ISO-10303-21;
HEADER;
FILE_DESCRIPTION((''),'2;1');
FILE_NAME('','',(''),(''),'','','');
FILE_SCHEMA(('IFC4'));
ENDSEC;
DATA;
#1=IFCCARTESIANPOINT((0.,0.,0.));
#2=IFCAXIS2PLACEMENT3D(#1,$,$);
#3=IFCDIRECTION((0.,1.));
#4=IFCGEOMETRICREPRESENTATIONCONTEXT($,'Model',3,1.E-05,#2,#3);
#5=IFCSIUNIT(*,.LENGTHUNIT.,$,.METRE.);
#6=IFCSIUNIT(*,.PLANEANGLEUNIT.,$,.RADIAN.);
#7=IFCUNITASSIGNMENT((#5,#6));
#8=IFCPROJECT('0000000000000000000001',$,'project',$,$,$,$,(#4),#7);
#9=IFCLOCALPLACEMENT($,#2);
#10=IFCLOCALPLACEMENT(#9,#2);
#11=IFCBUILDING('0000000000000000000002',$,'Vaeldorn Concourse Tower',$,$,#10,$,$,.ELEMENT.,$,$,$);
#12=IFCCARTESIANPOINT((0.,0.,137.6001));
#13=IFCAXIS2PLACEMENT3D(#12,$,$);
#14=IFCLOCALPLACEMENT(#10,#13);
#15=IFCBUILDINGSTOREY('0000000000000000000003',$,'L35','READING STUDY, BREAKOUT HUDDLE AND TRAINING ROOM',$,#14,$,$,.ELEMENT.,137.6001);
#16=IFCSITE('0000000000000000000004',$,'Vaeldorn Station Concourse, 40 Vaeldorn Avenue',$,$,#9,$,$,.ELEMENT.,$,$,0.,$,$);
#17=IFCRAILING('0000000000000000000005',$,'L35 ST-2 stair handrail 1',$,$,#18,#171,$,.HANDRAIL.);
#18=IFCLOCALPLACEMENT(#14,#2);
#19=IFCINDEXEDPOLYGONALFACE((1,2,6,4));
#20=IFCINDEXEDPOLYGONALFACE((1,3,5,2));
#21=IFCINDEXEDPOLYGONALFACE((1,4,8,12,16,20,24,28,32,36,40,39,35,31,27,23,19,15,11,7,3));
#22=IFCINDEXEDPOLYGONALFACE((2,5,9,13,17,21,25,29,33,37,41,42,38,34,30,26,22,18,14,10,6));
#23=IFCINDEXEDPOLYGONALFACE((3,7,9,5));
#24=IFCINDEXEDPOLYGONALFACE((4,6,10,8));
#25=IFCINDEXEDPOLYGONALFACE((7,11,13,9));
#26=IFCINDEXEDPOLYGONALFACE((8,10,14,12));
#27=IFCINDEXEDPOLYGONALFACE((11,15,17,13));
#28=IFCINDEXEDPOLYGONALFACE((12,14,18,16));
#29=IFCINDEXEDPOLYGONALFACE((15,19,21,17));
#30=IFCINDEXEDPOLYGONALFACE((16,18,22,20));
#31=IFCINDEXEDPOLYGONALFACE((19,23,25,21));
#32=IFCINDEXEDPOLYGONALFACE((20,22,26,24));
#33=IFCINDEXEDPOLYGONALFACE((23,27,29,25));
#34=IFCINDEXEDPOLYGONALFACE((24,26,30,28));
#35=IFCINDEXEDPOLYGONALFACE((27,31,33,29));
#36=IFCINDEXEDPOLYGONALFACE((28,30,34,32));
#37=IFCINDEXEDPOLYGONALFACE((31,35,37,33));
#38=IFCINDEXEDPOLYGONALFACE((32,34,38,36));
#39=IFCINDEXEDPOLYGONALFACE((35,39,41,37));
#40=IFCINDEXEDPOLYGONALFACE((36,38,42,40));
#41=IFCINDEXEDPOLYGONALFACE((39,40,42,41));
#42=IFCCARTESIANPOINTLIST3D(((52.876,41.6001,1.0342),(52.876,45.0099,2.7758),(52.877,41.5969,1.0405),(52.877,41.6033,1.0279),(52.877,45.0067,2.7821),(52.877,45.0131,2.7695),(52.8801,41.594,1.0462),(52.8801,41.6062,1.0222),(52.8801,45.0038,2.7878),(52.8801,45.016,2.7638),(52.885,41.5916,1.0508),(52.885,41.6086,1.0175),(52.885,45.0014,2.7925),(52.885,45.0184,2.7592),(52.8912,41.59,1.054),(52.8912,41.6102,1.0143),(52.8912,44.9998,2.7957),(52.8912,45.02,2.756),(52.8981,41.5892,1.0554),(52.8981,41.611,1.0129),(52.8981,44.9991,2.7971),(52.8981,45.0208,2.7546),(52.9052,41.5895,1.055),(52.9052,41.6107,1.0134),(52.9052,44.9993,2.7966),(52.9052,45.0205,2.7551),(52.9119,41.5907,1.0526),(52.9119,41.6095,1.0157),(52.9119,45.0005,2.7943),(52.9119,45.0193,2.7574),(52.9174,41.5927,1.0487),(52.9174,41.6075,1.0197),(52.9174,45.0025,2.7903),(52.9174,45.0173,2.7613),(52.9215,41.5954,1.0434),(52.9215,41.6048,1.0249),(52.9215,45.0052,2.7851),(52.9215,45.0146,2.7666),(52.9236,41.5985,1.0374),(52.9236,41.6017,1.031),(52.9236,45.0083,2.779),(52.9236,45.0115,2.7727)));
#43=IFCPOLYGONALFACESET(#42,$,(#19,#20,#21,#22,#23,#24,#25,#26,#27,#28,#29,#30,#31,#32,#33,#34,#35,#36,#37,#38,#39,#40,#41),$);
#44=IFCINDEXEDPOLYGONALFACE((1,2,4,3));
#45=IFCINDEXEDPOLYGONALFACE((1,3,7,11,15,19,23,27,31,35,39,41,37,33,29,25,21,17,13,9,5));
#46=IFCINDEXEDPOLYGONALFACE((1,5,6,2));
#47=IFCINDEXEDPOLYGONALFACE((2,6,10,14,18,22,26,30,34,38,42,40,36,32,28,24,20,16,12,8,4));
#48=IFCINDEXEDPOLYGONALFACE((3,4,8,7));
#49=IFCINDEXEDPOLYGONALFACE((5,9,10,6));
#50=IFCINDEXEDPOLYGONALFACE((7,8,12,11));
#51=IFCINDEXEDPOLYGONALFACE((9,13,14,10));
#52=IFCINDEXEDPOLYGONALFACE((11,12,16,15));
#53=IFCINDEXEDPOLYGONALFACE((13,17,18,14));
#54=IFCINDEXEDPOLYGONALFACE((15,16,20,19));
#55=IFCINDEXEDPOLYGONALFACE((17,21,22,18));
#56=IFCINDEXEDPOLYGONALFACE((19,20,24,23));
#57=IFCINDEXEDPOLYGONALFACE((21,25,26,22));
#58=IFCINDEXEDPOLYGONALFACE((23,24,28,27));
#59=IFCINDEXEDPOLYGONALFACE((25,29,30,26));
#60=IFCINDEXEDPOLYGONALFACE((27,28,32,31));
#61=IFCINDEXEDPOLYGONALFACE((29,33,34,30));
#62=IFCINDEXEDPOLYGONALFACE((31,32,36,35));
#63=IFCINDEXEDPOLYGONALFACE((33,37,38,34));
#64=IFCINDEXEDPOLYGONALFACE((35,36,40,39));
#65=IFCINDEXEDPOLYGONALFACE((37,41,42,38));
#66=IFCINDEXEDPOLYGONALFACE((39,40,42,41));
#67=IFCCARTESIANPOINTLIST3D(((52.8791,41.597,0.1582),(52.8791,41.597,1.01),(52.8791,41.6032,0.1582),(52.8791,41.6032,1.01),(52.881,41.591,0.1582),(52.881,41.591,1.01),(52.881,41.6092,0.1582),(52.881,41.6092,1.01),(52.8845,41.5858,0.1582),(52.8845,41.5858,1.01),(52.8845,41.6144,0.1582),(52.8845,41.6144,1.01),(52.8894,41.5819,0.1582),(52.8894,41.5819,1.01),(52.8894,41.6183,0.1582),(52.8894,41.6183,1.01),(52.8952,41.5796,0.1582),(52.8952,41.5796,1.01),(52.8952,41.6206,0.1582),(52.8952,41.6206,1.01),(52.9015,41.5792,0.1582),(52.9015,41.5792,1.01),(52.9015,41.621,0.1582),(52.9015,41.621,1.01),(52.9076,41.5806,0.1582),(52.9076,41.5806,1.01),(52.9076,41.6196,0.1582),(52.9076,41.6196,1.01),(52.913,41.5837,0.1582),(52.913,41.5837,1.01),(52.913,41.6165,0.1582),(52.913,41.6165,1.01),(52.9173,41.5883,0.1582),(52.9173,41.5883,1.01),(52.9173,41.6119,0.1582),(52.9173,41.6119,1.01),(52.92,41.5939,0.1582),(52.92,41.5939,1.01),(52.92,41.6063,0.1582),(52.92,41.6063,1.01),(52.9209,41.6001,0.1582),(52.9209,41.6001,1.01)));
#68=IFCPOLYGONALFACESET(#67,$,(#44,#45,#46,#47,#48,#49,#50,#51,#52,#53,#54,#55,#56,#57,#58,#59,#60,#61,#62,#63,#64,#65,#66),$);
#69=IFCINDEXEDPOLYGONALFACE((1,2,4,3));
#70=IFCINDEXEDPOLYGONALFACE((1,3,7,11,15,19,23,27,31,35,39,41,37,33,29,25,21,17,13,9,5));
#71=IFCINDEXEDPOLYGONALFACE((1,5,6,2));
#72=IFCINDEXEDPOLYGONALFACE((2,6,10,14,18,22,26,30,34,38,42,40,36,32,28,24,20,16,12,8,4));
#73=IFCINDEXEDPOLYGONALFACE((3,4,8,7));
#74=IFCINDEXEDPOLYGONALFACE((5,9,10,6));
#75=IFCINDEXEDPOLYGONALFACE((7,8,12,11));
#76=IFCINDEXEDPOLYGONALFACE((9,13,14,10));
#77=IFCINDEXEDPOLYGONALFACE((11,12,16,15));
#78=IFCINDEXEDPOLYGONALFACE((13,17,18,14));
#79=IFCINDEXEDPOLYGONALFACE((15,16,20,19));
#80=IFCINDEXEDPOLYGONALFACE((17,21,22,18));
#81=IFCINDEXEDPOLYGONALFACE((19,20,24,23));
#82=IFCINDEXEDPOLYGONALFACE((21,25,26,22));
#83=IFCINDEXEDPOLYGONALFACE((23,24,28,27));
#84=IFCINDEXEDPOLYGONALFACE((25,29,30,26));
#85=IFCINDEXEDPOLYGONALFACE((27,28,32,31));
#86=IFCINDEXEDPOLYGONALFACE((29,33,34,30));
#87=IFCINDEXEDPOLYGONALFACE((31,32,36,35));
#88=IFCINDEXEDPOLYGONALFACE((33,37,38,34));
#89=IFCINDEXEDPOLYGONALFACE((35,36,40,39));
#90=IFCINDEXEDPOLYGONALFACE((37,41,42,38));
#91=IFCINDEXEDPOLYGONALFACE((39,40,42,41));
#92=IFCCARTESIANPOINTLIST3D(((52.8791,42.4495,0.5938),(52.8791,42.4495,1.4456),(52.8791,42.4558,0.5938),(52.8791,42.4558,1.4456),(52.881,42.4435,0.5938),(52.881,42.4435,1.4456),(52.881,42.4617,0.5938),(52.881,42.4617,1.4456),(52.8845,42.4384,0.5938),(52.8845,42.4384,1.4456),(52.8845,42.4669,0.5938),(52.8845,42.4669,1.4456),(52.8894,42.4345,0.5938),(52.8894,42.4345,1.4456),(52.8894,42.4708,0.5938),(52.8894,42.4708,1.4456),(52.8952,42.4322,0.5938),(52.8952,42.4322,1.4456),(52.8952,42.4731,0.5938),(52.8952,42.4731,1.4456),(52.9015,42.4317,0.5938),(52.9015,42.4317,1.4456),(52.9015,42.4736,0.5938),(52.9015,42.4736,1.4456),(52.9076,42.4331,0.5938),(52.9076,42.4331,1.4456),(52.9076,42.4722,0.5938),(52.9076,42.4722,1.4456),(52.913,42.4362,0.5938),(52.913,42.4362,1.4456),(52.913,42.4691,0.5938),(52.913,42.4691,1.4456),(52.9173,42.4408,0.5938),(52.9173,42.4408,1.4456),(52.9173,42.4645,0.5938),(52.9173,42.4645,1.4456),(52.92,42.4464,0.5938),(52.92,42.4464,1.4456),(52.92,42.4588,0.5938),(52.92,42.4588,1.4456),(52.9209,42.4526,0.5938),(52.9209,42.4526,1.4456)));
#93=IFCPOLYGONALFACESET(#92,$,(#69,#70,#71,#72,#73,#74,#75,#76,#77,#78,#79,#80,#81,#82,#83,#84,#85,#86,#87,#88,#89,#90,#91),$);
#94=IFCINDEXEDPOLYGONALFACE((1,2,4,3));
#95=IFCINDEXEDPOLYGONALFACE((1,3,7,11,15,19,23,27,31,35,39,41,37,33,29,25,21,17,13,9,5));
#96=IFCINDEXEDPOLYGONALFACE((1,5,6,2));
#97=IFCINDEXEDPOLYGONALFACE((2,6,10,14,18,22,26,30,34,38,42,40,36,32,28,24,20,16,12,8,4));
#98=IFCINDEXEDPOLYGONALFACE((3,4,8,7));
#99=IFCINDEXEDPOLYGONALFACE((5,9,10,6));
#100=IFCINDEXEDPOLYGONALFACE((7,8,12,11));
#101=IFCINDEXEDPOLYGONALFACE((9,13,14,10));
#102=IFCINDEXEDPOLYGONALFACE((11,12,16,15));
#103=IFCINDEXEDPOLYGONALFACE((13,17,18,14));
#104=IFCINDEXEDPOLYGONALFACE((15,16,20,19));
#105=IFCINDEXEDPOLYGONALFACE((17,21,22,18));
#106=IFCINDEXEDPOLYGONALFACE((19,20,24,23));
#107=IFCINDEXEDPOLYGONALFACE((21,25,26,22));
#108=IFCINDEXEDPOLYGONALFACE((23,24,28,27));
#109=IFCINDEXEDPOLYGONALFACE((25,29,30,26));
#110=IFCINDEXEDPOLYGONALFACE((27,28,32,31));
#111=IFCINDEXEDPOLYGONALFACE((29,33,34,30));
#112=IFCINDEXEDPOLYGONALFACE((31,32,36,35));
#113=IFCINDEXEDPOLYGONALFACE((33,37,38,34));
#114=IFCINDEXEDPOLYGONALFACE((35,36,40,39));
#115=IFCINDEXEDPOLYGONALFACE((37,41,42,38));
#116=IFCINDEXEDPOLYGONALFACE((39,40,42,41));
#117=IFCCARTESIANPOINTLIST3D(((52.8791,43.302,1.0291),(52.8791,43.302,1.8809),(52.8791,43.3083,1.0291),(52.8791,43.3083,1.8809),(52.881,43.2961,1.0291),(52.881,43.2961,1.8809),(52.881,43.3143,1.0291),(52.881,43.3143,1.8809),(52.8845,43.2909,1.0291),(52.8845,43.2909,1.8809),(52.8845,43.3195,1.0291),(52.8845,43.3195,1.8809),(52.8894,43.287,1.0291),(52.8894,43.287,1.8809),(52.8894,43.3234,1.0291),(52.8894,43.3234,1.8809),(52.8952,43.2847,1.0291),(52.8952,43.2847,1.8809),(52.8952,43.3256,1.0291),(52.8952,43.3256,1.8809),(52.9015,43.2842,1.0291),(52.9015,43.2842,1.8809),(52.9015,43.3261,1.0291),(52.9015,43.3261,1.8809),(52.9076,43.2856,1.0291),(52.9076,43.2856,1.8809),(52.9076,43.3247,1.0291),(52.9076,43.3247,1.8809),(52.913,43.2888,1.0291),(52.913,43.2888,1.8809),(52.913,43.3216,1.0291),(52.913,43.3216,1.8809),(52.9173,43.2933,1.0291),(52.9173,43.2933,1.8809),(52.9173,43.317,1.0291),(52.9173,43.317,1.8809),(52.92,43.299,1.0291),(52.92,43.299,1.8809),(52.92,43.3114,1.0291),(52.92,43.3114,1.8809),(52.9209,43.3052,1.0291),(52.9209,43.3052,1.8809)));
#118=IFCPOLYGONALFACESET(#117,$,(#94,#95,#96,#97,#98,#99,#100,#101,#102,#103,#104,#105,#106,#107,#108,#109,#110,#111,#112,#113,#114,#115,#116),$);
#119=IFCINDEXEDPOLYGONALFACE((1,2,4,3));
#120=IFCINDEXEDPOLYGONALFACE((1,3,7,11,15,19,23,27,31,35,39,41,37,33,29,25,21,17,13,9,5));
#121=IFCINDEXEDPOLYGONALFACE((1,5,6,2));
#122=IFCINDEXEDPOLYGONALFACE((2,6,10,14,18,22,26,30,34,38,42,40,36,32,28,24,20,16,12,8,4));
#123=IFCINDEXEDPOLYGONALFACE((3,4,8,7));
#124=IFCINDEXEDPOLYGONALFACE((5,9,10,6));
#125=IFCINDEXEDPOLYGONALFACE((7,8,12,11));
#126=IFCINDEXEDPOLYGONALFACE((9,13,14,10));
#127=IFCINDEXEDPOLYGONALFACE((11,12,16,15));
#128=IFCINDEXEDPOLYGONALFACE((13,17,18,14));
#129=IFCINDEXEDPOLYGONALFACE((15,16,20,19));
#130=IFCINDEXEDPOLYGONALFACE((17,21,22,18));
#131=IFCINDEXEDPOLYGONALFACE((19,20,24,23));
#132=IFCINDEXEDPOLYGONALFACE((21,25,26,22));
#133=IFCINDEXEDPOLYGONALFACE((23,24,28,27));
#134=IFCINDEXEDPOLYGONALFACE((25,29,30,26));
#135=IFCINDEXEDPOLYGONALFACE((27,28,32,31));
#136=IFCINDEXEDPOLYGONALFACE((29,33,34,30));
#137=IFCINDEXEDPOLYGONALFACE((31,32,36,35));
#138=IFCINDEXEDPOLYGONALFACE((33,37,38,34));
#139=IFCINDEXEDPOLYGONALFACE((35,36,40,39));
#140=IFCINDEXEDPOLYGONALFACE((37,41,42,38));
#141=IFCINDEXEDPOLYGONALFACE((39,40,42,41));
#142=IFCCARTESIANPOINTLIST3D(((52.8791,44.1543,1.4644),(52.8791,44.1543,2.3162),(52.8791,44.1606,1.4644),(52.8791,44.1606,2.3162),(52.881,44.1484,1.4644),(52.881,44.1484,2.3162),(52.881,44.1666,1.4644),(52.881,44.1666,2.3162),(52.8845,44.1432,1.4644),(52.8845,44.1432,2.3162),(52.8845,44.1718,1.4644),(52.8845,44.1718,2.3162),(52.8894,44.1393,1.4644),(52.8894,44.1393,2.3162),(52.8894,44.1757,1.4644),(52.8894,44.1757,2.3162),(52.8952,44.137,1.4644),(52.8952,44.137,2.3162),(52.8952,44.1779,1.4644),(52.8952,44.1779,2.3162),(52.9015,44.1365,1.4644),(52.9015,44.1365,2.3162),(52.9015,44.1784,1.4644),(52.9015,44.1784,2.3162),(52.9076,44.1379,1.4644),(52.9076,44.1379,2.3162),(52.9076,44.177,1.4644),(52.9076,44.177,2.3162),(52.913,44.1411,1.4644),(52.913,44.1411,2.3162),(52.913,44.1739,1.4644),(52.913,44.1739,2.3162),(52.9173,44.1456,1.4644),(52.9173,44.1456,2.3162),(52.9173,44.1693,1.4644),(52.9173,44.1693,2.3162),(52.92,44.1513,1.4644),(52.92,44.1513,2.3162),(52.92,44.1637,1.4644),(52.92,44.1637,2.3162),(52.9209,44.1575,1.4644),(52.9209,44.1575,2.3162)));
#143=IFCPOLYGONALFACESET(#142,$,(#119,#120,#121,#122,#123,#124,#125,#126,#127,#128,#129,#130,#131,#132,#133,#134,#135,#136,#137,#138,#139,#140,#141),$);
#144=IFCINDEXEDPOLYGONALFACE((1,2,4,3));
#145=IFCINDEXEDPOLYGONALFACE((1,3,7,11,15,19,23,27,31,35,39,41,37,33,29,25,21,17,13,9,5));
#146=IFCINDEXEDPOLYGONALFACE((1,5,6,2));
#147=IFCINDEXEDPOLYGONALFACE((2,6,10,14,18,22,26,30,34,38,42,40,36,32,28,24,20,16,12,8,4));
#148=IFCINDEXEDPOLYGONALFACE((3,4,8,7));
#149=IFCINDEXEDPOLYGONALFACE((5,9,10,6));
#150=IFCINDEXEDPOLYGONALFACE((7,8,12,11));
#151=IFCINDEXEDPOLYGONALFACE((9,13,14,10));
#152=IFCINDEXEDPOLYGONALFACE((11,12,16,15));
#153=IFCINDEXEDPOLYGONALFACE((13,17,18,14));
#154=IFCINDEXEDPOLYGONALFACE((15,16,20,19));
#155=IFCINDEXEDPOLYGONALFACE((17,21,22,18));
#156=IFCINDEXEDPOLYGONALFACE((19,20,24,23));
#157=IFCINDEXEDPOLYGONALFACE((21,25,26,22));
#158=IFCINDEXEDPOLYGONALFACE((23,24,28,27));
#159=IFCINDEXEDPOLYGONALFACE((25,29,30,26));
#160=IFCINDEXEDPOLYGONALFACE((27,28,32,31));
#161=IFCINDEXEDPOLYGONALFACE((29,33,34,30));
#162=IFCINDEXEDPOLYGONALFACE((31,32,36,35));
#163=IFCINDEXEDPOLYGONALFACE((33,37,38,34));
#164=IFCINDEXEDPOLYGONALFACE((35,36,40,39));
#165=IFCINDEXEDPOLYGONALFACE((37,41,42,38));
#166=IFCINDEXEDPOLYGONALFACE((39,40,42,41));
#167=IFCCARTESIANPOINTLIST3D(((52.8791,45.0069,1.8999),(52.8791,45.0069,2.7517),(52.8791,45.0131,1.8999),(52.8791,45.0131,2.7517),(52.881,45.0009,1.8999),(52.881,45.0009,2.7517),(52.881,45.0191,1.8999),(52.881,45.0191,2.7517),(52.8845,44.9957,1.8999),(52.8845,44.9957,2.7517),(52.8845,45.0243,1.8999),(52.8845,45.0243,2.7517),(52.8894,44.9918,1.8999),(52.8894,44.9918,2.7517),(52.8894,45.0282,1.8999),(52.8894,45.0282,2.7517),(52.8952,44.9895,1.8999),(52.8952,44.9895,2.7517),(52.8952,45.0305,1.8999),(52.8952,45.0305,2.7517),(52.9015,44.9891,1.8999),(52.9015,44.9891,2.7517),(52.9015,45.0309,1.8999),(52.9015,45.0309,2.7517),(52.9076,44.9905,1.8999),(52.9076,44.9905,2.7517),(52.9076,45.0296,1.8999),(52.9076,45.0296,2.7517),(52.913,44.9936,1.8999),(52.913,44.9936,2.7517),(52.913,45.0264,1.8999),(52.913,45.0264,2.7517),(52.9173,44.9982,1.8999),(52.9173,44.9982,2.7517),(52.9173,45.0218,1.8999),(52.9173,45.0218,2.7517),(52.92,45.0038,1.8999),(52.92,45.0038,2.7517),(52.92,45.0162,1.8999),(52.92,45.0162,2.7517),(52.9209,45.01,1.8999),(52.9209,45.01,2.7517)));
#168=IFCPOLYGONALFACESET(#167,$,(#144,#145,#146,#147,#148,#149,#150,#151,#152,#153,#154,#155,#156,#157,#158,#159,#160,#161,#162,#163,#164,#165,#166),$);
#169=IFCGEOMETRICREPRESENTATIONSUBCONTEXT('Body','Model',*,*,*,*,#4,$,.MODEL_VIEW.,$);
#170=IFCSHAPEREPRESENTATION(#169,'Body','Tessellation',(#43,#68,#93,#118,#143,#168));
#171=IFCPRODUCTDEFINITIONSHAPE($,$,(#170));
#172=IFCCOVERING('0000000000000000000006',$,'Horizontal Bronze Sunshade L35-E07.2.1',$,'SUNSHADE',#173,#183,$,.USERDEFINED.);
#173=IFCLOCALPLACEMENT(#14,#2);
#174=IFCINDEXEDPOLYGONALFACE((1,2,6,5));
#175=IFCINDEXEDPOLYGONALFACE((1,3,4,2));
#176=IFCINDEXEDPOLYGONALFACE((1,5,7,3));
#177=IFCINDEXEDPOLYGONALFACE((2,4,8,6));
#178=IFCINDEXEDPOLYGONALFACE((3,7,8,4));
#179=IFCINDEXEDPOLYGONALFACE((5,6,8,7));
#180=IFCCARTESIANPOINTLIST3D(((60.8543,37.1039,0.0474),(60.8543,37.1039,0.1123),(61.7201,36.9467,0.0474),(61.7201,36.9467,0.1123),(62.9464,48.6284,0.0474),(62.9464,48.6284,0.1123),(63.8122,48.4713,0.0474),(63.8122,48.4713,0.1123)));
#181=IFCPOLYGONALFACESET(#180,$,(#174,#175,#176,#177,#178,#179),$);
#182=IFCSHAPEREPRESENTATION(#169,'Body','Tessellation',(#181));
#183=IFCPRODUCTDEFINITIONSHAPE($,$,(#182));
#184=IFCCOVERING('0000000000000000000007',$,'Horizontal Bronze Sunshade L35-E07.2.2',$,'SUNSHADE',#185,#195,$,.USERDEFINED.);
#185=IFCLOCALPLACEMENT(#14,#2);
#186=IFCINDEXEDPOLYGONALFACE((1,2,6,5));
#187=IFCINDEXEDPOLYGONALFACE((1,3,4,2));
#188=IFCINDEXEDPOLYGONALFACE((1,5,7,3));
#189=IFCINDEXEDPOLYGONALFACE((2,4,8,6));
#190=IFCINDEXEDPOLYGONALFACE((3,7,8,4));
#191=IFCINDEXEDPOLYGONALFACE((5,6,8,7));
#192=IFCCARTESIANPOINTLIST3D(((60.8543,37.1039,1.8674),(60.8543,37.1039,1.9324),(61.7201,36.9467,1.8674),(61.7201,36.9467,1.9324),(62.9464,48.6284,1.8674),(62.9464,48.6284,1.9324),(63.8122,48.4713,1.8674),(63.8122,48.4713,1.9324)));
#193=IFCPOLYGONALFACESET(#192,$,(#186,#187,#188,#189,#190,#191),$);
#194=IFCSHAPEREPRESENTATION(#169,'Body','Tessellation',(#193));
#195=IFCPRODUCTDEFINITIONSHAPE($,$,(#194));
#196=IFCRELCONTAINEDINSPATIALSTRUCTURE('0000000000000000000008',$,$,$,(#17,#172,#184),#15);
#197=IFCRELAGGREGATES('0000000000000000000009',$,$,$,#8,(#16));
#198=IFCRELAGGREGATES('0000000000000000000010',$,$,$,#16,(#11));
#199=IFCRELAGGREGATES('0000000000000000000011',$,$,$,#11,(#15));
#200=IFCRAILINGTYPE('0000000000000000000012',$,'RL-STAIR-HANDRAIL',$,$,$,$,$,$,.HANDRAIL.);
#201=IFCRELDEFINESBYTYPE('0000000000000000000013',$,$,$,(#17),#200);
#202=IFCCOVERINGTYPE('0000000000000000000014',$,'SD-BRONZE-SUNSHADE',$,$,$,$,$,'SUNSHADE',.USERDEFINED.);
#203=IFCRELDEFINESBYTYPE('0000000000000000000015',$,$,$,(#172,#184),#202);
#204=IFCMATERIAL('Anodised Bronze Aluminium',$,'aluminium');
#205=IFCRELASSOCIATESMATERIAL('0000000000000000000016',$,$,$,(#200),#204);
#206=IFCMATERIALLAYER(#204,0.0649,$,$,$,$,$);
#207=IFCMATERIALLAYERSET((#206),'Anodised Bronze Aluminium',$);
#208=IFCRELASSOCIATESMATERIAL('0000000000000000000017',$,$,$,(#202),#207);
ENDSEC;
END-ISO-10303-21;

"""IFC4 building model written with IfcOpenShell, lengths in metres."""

from ifc_helpers import new_model, si_unit, direction, frame, origin, origin_2d, place, context, subcontext, project, spatial, rectangle, circle, extrude, source, transform, mapped, material, layer, layer_set, type_object, element, save


model = new_model("IFC4")

# Units and contexts
model_context = context("Model", 3, precision=1e-05, world=origin(), true_north=direction((0.0, 1.0)))
body_context = subcontext(model_context, "Body", "Model", "MODEL_VIEW")
ifc_project = project(units=[si_unit("LENGTHUNIT", "METRE"), si_unit("PLANEANGLEUNIT", "RADIAN")], contexts=[model_context])

# Site, building, storey
site_placement = place(None, origin())
site = spatial("IfcSite", under=ifc_project, at=site_placement, Name="Vaeldorn Station Concourse, 40 Vaeldorn Avenue", CompositionType="ELEMENT", RefElevation=0.0)
building_placement = place(site_placement, origin())
building = spatial("IfcBuilding", under=site, at=building_placement, Name="Vaeldorn Concourse Tower", CompositionType="ELEMENT")
storey_placement = place(building_placement, frame((0.0, 0.0, 137.6001)))
storey = spatial("IfcBuildingStorey", under=building, at=storey_placement, Name="L35", Description="READING STUDY, BREAKOUT HUDDLE AND TRAINING ROOM", CompositionType="ELEMENT", Elevation=137.6001)

# Shared definitions
ifc_material_1 = material(Name="Anodised Bronze Aluminium", Category="aluminium")

# Railing
railing_type_1 = type_object("IfcRailingType", Name="RL-STAIR-HANDRAIL", PredefinedType="HANDRAIL", material=ifc_material_1)
railing_1_placement = place(storey_placement, frame((52.8999, 41.6001, 0.1582)))
element("IfcRailing", 1, at=railing_1_placement, inside=storey, type_object=railing_type_1, Name="L35 ST-2 stair handrail 1", PredefinedType="HANDRAIL", context=body_context, shape_type="SweptSolid", body=[
    extrude(circle(Radius=0.0239, at=origin_2d()), frame((0.0, 0.0, 0.876), z_axis=(0.0, 0.890556, 0.454874), x_axis=(-1.0, 0.0, 0.0)), (0.0, 0.0, 1.0), 3.8289),
    extrude(circle(Radius=0.021, at=origin_2d()), origin(), (0.0, 0.0, 1.0), 0.8518),
    extrude(circle(Radius=0.021, at=origin_2d()), frame((0.0, 0.8525, 0.4355)), (0.0, 0.0, 1.0), 0.8518),
    extrude(circle(Radius=0.021, at=origin_2d()), frame((0.0, 1.7051, 0.8708)), (0.0, 0.0, 1.0), 0.8518),
    extrude(circle(Radius=0.021, at=origin_2d()), frame((0.0, 2.5574, 1.3062)), (0.0, 0.0, 1.0), 0.8518),
    extrude(circle(Radius=0.021, at=origin_2d()), frame((0.0, 3.4099, 1.7417)), (0.0, 0.0, 1.0), 0.8518),
])

# Coverings
ifc_layer_1 = layer(ifc_material_1, 0.0649)
ifc_layer_set_1 = layer_set([ifc_layer_1], Name="Anodised Bronze Aluminium")
covering_type = type_object("IfcCoveringType", Name="SD-BRONZE-SUNSHADE", ElementType="SUNSHADE", PredefinedType="USERDEFINED", material=ifc_layer_set_1)
shared_shape_1 = source(origin(), body_context, "Body", "SweptSolid", [
    extrude(rectangle(XDim=11.7129, YDim=0.8799, at=origin_2d()), origin(), (0.0, 0.0, 1.0), 0.0649),
])
for number, where, z_axis, x_axis, name in (
    (2, (62.3333, 42.7876, 0.0474), (0.0, 0.0, 1.0), (0.178613, 0.983919, 0.0), "Horizontal Bronze Sunshade L35-E07.2.1"),
    (3, (62.3333, 42.7876, 1.8674), (0.0, 0.0, 1.0), (0.178613, 0.983919, 0.0), "Horizontal Bronze Sunshade L35-E07.2.2"),
):
    element("IfcCovering", number, at=place(storey_placement, frame(where, z_axis=z_axis, x_axis=x_axis)), inside=storey, type_object=covering_type, Name=name, ObjectType="SUNSHADE", PredefinedType="USERDEFINED", context=body_context, shape_type="MappedRepresentation", body=[
        mapped(shared_shape_1, transform((0.0, 0.0, 0.0), scale=1.0)),
    ])

save(model, "model.ifc")
